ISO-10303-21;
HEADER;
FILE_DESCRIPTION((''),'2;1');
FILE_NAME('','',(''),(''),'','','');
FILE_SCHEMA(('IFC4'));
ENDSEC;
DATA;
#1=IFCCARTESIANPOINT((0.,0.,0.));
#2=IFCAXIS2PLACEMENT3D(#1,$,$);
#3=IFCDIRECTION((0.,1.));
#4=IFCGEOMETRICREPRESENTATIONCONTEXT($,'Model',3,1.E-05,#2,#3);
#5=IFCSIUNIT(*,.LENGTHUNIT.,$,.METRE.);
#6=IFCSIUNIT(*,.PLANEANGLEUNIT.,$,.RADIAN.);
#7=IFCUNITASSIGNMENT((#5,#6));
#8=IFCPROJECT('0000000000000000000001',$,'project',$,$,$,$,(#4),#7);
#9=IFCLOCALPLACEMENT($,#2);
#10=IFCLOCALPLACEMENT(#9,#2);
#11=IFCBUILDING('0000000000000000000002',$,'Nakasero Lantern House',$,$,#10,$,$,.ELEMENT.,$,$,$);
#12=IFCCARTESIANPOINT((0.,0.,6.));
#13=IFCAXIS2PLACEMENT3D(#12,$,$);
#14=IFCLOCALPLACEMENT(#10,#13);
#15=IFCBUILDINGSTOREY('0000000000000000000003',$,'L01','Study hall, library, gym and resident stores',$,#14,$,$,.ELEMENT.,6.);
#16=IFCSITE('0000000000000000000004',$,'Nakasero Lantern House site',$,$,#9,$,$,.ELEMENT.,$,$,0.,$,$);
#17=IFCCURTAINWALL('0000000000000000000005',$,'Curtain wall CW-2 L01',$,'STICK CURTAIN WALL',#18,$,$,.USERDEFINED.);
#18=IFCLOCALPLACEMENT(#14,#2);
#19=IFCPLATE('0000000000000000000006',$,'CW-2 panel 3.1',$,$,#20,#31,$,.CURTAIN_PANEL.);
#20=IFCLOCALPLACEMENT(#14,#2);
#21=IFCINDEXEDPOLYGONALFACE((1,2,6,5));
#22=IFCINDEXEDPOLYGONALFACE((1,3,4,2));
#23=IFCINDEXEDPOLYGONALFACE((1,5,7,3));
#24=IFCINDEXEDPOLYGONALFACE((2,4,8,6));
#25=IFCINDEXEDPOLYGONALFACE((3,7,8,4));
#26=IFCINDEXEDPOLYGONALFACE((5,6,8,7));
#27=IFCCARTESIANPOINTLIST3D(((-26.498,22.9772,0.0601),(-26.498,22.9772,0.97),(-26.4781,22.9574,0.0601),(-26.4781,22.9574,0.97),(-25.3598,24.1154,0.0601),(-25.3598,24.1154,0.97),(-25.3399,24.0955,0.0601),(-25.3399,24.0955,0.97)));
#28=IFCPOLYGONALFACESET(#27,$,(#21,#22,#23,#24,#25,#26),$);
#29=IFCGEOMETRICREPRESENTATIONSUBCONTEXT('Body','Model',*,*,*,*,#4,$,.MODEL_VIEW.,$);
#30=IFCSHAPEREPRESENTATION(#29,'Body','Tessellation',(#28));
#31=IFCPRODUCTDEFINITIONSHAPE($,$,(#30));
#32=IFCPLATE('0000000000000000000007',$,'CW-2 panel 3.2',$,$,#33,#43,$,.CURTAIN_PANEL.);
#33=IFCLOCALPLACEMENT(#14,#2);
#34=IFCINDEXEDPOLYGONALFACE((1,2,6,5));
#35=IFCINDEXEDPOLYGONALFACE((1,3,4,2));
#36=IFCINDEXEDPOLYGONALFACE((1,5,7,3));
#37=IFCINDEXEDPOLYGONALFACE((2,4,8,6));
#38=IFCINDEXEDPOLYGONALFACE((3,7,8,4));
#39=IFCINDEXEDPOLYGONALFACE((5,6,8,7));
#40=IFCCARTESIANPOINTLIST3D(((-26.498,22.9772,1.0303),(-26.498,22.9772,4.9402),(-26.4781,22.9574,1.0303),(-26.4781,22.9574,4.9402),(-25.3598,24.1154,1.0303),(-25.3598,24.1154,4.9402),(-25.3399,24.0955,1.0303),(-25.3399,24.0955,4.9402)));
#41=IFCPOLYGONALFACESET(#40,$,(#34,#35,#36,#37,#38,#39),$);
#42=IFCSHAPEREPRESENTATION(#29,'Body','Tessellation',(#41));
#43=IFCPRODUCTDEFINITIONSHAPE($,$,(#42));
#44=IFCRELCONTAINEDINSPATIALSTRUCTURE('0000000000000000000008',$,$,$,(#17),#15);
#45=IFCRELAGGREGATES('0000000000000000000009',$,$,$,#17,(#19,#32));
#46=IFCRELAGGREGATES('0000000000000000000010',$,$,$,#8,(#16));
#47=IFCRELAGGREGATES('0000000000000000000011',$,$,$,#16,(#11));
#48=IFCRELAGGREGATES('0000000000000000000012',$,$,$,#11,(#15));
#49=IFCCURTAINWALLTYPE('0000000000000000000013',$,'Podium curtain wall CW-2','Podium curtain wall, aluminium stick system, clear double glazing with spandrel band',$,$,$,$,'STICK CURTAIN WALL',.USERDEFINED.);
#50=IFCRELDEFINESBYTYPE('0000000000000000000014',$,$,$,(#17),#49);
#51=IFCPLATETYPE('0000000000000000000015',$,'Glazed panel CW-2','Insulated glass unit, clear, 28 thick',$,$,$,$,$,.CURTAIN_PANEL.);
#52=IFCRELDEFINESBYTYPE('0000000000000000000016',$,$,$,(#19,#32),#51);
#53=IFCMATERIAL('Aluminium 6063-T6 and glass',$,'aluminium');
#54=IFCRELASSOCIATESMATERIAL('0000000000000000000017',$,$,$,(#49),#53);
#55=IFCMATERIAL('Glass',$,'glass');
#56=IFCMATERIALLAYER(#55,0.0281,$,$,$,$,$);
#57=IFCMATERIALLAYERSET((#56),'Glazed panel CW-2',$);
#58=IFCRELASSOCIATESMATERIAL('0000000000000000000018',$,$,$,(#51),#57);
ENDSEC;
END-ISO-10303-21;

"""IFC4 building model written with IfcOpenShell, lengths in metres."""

from ifc_helpers import new_model, si_unit, direction, frame, origin, origin_2d, place, context, subcontext, project, spatial, rectangle, extrude, material, layer, layer_set, type_object, element, aggregate, save


model = new_model("IFC4")

# Units and contexts
model_context = context("Model", 3, precision=1e-05, world=origin(), true_north=direction((0.0, 1.0)))
body_context = subcontext(model_context, "Body", "Model", "MODEL_VIEW")
ifc_project = project(units=[si_unit("LENGTHUNIT", "METRE"), si_unit("PLANEANGLEUNIT", "RADIAN")], contexts=[model_context])

# Site, building, storey
site_placement = place(None, origin())
site = spatial("IfcSite", under=ifc_project, at=site_placement, Name="Nakasero Lantern House site", CompositionType="ELEMENT", RefElevation=0.0)
building_placement = place(site_placement, origin())
building = spatial("IfcBuilding", under=site, at=building_placement, Name="Nakasero Lantern House", CompositionType="ELEMENT")
storey_placement = place(building_placement, frame((0.0, 0.0, 6.0)))
storey = spatial("IfcBuildingStorey", under=building, at=storey_placement, Name="L01", Description="Study hall, library, gym and resident stores", CompositionType="ELEMENT", Elevation=6.0)

# Curtain wall
ifc_material_1 = material(Name="Aluminium 6063-T6 and glass", Category="aluminium")
curtain_wall_type = type_object("IfcCurtainWallType", Name="Podium curtain wall CW-2", Description="Podium curtain wall, aluminium stick system, clear double glazing with spandrel band", ElementType="STICK CURTAIN WALL", PredefinedType="USERDEFINED", material=ifc_material_1)
curtain_wall_1_placement = place(storey_placement, origin())
curtain_wall_1 = element("IfcCurtainWall", 1, at=curtain_wall_1_placement, inside=storey, type_object=curtain_wall_type, Name="Curtain wall CW-2 L01", ObjectType="STICK CURTAIN WALL", PredefinedType="USERDEFINED")

# Plates
ifc_material_2 = material(Name="Glass", Category="glass")
ifc_layer = layer(ifc_material_2, 0.0281)
ifc_layer_set = layer_set([ifc_layer], Name="Glazed panel CW-2")
plate_type = type_object("IfcPlateType", Name="Glazed panel CW-2", Description="Insulated glass unit, clear, 28 thick", PredefinedType="CURTAIN_PANEL", material=ifc_layer_set)
plate_1_placement = place(storey_placement, frame((-25.9189, 23.5364, 0.0601), z_axis=(0.0, 0.0, 1.0), x_axis=(-0.707107, -0.707107, 0.0)))
plate_1 = element("IfcPlate", 2, at=plate_1_placement, type_object=plate_type, Name="CW-2 panel 3.1", PredefinedType="CURTAIN_PANEL", context=body_context, shape_type="SweptSolid", body=[
    extrude(rectangle(XDim=1.6096, YDim=0.0281, at=origin_2d()), origin(), (0.0, 0.0, 1.0), 0.9099),
])
plate_2_placement = place(storey_placement, frame((-25.9189, 23.5364, 1.0303), z_axis=(0.0, 0.0, 1.0), x_axis=(-0.707107, -0.707107, 0.0)))
plate_2 = element("IfcPlate", 3, at=plate_2_placement, type_object=plate_type, Name="CW-2 panel 3.2", PredefinedType="CURTAIN_PANEL", context=body_context, shape_type="SweptSolid", body=[
    extrude(rectangle(XDim=1.6096, YDim=0.0281, at=origin_2d()), origin(), (0.0, 0.0, 1.0), 3.9099),
])
aggregate(curtain_wall_1, [plate_1, plate_2])

save(model, "model.ifc")
